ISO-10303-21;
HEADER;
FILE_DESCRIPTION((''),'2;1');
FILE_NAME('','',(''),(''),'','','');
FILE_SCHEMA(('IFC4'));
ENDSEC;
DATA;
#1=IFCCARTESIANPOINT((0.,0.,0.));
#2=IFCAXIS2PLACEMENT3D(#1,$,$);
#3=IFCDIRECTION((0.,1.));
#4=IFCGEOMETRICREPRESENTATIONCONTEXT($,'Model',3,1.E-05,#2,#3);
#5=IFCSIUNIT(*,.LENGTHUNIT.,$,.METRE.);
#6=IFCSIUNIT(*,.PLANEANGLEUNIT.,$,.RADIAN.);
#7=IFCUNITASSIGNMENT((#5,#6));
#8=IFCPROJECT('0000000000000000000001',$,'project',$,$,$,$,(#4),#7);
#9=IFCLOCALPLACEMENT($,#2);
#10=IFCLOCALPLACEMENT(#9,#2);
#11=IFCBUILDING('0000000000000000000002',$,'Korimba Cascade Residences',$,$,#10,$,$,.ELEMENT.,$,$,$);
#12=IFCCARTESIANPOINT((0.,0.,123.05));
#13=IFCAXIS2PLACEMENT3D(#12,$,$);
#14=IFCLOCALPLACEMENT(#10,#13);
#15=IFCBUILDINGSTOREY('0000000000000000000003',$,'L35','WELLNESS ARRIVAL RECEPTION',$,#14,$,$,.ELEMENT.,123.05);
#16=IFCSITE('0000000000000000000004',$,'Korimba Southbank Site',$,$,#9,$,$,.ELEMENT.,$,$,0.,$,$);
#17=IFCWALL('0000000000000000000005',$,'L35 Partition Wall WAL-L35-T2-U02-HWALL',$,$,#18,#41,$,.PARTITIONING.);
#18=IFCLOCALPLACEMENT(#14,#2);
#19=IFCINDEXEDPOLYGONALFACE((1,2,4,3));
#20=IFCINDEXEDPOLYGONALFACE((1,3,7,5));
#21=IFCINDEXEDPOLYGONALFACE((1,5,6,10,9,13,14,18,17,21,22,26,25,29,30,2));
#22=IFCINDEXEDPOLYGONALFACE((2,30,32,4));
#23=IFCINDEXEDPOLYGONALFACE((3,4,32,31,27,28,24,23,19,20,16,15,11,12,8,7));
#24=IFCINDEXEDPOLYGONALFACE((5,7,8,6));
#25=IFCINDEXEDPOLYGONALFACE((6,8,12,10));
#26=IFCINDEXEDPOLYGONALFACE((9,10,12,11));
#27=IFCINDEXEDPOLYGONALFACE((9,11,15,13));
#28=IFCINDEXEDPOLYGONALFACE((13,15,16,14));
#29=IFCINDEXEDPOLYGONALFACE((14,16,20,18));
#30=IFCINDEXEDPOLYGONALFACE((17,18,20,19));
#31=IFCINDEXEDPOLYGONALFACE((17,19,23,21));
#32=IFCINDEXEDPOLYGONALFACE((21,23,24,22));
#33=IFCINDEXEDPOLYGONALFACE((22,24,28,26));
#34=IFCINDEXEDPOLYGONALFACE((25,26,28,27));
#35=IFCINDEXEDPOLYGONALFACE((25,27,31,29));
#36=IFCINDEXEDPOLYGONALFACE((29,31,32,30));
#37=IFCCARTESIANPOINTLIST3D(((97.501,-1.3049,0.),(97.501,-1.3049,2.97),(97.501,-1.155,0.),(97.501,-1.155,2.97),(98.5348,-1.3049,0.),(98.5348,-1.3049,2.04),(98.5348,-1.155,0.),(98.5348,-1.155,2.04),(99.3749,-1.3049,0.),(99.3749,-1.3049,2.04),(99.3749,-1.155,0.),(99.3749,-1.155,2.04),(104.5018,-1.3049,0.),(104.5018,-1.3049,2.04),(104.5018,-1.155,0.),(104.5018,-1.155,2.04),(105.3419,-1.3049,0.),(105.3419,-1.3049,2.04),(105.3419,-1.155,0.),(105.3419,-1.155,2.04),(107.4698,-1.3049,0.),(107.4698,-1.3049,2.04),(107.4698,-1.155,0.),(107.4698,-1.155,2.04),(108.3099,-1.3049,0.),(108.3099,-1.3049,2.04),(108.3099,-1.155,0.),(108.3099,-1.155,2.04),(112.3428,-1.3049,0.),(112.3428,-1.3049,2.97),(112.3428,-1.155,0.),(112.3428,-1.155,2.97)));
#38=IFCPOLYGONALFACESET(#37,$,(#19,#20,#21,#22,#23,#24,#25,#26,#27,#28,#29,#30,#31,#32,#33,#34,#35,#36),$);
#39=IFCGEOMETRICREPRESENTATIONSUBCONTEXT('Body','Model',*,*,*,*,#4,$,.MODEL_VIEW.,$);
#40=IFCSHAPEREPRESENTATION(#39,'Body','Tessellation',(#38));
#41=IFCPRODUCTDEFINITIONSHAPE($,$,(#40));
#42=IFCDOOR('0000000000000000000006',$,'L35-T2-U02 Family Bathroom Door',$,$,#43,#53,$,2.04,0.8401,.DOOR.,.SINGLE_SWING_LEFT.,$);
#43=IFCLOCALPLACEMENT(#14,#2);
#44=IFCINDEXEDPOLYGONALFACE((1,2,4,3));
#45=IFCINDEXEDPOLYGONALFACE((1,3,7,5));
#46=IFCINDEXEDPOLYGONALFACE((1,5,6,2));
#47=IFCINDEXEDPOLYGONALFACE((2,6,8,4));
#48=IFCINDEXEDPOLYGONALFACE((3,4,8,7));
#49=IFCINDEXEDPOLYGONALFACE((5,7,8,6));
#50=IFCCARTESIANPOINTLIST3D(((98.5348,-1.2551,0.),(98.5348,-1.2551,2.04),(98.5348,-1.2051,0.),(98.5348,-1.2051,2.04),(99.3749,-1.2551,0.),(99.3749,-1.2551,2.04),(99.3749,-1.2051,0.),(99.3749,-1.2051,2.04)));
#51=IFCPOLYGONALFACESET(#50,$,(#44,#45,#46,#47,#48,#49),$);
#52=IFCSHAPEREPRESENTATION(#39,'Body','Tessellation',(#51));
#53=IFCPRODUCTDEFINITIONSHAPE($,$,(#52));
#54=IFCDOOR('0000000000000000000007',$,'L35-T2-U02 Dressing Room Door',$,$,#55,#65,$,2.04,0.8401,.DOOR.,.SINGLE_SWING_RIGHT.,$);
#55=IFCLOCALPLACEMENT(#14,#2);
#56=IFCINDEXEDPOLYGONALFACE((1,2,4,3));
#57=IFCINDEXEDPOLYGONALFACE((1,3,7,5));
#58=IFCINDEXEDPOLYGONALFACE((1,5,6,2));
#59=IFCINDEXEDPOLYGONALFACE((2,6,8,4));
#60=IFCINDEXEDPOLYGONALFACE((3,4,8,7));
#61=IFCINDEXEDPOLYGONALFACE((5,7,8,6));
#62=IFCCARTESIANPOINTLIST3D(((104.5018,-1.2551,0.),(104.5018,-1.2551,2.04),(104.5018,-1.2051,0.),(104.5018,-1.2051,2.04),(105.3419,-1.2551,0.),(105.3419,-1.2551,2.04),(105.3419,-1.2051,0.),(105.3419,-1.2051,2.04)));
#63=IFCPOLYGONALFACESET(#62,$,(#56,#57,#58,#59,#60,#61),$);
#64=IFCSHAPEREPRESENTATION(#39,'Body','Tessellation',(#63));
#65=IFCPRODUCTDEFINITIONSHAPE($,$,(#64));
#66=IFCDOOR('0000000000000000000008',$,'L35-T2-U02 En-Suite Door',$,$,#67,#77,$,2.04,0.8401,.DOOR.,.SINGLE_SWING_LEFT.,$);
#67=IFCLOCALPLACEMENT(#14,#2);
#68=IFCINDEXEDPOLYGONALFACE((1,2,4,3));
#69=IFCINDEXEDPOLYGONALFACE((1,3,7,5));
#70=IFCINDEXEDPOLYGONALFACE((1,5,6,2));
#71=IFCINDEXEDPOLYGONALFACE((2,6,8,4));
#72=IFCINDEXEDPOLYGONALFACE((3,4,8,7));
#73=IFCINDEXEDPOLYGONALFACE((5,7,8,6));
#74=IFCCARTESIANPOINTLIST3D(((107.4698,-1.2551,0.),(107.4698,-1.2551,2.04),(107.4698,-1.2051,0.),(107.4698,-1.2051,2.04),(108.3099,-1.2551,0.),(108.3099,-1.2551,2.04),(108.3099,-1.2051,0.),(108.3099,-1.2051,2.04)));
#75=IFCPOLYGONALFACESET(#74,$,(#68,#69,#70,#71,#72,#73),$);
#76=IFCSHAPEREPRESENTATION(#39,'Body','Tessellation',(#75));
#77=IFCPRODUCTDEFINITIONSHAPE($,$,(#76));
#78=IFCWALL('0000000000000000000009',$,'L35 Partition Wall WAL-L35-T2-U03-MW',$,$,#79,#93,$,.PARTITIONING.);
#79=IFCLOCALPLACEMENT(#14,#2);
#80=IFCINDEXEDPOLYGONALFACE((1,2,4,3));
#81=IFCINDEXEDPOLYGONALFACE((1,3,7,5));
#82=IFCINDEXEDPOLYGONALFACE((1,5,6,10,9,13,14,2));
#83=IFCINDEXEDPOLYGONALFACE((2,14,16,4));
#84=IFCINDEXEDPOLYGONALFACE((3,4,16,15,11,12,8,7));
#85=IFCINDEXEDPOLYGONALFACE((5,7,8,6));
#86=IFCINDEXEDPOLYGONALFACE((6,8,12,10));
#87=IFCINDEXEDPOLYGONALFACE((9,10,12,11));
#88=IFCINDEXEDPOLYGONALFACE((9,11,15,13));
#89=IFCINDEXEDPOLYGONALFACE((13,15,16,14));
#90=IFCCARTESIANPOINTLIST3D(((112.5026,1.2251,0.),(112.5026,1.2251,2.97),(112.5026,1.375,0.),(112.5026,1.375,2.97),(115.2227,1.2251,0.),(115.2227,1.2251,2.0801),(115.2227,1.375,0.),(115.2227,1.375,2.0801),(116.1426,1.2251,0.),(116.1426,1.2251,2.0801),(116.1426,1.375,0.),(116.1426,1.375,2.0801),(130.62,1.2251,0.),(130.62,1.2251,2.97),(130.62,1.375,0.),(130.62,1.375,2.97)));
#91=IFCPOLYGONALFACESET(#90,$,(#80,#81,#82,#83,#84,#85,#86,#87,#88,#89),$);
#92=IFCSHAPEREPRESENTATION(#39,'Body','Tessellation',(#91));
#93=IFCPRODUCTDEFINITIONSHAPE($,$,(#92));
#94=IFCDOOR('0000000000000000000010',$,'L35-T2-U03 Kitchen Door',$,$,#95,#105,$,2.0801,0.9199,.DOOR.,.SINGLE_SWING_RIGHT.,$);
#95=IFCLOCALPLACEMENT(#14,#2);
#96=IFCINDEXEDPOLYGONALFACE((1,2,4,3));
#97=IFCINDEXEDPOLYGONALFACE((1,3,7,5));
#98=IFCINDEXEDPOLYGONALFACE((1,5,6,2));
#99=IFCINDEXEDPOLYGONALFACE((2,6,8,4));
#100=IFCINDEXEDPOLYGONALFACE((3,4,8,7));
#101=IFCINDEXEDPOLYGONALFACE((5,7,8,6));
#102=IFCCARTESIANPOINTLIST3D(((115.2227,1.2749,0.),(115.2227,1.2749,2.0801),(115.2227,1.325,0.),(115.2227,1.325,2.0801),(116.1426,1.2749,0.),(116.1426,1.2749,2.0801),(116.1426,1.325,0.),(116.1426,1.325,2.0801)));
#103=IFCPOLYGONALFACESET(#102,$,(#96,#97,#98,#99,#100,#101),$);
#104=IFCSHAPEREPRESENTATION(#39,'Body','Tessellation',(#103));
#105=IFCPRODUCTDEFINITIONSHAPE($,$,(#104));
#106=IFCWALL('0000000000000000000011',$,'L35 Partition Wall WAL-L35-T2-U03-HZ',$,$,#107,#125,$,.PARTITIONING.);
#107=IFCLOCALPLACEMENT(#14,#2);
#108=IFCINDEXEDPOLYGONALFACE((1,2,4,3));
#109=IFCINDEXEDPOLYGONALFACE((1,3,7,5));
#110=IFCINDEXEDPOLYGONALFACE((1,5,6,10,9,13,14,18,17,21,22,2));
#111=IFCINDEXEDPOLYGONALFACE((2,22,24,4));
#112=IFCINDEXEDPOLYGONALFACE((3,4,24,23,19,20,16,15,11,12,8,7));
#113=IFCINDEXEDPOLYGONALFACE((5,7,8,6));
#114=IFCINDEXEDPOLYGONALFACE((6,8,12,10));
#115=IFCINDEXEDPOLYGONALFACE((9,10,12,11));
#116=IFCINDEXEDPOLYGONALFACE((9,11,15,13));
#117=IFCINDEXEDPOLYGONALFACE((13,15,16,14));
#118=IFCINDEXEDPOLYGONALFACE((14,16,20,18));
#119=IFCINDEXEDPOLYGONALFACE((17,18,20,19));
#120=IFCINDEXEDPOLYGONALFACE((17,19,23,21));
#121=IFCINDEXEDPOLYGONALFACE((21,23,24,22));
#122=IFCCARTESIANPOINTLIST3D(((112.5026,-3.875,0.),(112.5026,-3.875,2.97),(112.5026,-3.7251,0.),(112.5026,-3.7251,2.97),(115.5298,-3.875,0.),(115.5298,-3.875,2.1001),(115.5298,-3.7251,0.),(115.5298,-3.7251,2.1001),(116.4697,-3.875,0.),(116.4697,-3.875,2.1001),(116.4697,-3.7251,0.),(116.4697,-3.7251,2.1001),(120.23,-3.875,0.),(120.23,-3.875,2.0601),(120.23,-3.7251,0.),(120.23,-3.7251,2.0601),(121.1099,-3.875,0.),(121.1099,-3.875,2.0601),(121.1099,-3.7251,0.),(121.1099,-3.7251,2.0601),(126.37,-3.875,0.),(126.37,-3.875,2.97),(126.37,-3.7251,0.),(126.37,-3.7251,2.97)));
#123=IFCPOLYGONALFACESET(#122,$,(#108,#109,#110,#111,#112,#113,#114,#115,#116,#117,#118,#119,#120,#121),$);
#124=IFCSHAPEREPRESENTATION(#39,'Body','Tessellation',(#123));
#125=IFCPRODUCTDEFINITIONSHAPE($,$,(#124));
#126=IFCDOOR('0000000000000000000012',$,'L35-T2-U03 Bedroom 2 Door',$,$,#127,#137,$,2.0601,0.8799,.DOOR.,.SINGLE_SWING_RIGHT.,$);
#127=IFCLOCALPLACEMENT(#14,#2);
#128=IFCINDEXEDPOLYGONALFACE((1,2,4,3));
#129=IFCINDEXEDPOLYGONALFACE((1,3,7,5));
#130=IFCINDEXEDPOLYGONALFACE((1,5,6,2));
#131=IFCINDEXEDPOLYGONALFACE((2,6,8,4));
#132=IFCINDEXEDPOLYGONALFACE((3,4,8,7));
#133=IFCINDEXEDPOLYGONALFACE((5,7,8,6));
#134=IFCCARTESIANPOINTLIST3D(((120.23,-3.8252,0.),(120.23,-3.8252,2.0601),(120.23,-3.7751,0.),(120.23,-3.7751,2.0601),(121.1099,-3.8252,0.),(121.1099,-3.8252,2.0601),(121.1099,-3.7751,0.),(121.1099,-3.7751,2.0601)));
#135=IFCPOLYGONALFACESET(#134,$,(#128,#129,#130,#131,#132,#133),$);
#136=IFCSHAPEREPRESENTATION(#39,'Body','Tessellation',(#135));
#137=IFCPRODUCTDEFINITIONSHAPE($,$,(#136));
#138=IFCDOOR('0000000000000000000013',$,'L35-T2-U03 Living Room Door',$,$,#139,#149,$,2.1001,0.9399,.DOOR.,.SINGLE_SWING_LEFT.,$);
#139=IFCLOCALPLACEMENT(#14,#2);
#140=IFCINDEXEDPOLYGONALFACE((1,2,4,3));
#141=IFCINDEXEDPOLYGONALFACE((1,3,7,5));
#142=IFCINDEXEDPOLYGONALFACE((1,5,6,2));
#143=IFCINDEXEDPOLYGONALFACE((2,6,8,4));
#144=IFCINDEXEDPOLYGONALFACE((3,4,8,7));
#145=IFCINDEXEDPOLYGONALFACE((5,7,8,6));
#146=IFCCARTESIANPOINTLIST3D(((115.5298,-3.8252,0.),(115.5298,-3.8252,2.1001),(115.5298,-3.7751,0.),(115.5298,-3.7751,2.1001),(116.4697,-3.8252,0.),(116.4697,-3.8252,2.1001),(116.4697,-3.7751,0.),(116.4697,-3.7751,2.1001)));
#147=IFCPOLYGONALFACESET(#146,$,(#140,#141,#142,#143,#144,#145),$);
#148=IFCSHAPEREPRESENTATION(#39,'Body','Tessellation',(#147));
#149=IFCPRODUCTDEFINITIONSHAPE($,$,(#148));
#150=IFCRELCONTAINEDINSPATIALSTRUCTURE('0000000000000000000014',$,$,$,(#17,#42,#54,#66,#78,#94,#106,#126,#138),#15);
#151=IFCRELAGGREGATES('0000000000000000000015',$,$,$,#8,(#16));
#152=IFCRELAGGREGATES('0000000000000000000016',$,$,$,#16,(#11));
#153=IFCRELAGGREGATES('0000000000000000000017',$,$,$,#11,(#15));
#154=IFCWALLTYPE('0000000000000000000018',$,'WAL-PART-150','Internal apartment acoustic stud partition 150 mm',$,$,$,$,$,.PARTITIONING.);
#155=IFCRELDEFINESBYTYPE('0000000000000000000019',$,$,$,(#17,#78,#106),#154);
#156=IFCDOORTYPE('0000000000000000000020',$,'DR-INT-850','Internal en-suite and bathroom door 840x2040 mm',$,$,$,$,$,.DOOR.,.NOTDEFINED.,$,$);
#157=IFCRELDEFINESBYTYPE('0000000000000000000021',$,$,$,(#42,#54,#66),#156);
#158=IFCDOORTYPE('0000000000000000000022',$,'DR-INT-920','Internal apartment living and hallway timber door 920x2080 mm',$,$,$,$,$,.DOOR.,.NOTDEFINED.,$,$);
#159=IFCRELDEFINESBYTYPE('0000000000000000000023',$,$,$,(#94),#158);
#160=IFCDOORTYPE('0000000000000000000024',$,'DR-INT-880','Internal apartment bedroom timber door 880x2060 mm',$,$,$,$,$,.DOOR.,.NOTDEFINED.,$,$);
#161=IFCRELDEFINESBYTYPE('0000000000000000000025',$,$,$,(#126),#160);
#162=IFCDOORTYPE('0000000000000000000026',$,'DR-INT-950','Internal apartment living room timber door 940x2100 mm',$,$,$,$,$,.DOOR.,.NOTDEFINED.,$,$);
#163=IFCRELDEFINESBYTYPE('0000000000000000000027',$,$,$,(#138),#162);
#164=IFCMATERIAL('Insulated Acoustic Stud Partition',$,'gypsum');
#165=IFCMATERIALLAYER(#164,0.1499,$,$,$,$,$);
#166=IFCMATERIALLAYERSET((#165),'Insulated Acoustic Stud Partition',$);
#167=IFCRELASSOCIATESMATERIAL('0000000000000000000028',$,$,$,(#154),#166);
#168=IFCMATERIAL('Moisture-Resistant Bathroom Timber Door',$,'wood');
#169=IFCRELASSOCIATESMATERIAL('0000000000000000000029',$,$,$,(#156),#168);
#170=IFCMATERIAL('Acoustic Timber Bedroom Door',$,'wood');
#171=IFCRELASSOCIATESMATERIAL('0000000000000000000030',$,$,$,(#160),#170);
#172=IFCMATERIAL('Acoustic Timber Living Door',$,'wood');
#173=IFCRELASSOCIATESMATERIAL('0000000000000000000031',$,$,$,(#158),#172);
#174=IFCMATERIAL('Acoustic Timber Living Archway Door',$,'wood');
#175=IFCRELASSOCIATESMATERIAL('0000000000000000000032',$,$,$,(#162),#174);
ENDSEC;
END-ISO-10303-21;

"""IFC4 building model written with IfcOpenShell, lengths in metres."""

from ifc_helpers import new_model, si_unit, direction, frame, frame_2d, origin, place, context, subcontext, project, spatial, rectangle, extrude, material, layer, layer_set, type_object, element, fill, save


model = new_model("IFC4")

# Units and contexts
model_context = context("Model", 3, precision=1e-05, world=origin(), true_north=direction((0.0, 1.0)))
body_context = subcontext(model_context, "Body", "Model", "MODEL_VIEW")
ifc_project = project(units=[si_unit("LENGTHUNIT", "METRE"), si_unit("PLANEANGLEUNIT", "RADIAN")], contexts=[model_context])

# Site, building, storey
site_placement = place(None, origin())
site = spatial("IfcSite", under=ifc_project, at=site_placement, Name="Korimba Southbank Site", CompositionType="ELEMENT", RefElevation=0.0)
building_placement = place(site_placement, origin())
building = spatial("IfcBuilding", under=site, at=building_placement, Name="Korimba Cascade Residences", CompositionType="ELEMENT")
storey_placement = place(building_placement, frame((0.0, 0.0, 123.05)))
storey = spatial("IfcBuildingStorey", under=building, at=storey_placement, Name="L35", Description="WELLNESS ARRIVAL RECEPTION", CompositionType="ELEMENT", Elevation=123.05)

# Shared definitions
ifc_material_1 = material(Name="Insulated Acoustic Stud Partition", Category="gypsum")
ifc_layer = layer(ifc_material_1, 0.1499)
ifc_layer_set = layer_set([ifc_layer], Name="Insulated Acoustic Stud Partition")
wall_type = type_object("IfcWallType", Name="WAL-PART-150", Description="Internal apartment acoustic stud partition 150 mm", PredefinedType="PARTITIONING", material=ifc_layer_set)
ifc_material_2 = material(Name="Moisture-Resistant Bathroom Timber Door", Category="wood")
door_type_1 = type_object("IfcDoorType", Name="DR-INT-850", Description="Internal en-suite and bathroom door 840x2040 mm", OperationType="NOTDEFINED", PredefinedType="DOOR", material=ifc_material_2)
ifc_material_3 = material(Name="Acoustic Timber Bedroom Door", Category="wood")
door_type_2 = type_object("IfcDoorType", Name="DR-INT-880", Description="Internal apartment bedroom timber door 880x2060 mm", OperationType="NOTDEFINED", PredefinedType="DOOR", material=ifc_material_3)

# Wall, openings, doors
wall_1_placement = place(storey_placement, frame((97.501, -1.23, 0.0), z_axis=(0.0, 0.0, 1.0), x_axis=(1.0, 0.0, 0.0)))
wall_1 = element("IfcWall", 1, at=wall_1_placement, inside=storey, type_object=wall_type, Name="L35 Partition Wall WAL-L35-T2-U02-HWALL", PredefinedType="PARTITIONING", context=body_context, shape_type="SweptSolid", body=[
    extrude(rectangle(XDim=14.8418, YDim=0.1499, at=frame_2d((7.4209, 0.0))), origin(), (0.0, 0.0, 1.0), 2.97),
])
opening_1_placement = place(wall_1_placement, frame((1.0339, 0.0, 0.0)))
opening_1 = element("IfcOpeningElement", 2, at=opening_1_placement, cuts=wall_1, PredefinedType="OPENING", context=body_context, shape_type="SweptSolid", body=[
    extrude(rectangle(XDim=0.8401, YDim=2.04, at=frame_2d((0.4199, 1.02))), frame((0.0, 0.085, 0.0), z_axis=(0.0, -1.0, 0.0), x_axis=(1.0, 0.0, 0.0)), (0.0, 0.0, 1.0), 0.1699),
])
opening_2_placement = place(wall_1_placement, frame((7.001, 0.0, 0.0)))
opening_2 = element("IfcOpeningElement", 3, at=opening_2_placement, cuts=wall_1, PredefinedType="OPENING", context=body_context, shape_type="SweptSolid", body=[
    extrude(rectangle(XDim=0.8401, YDim=2.04, at=frame_2d((0.4199, 1.02))), frame((0.0, 0.085, 0.0), z_axis=(0.0, -1.0, 0.0), x_axis=(1.0, 0.0, 0.0)), (0.0, 0.0, 1.0), 0.1699),
])
opening_3_placement = place(wall_1_placement, frame((9.969, 0.0, 0.0)))
opening_3 = element("IfcOpeningElement", 4, at=opening_3_placement, cuts=wall_1, PredefinedType="OPENING", context=body_context, shape_type="SweptSolid", body=[
    extrude(rectangle(XDim=0.8401, YDim=2.04, at=frame_2d((0.4199, 1.02))), frame((0.0, 0.085, 0.0), z_axis=(0.0, -1.0, 0.0), x_axis=(1.0, 0.0, 0.0)), (0.0, 0.0, 1.0), 0.1699),
])
door_1_placement = place(opening_1_placement, origin())
door_1 = element("IfcDoor", 5, at=door_1_placement, inside=storey, type_object=door_type_1, Name="L35-T2-U02 Family Bathroom Door", OperationType="SINGLE_SWING_LEFT", OverallHeight=2.04, OverallWidth=0.8401, PredefinedType="DOOR", context=body_context, shape_type="SweptSolid", body=[
    extrude(rectangle(XDim=0.8401, YDim=2.04, at=frame_2d((0.4199, 1.02))), frame((0.0, 0.0249, 0.0), z_axis=(0.0, -1.0, 0.0), x_axis=(1.0, 0.0, 0.0)), (0.0, 0.0, 1.0), 0.05),
])
fill(opening_1, door_1)
door_2_placement = place(opening_2_placement, origin())
door_2 = element("IfcDoor", 6, at=door_2_placement, inside=storey, type_object=door_type_1, Name="L35-T2-U02 Dressing Room Door", OperationType="SINGLE_SWING_RIGHT", OverallHeight=2.04, OverallWidth=0.8401, PredefinedType="DOOR", context=body_context, shape_type="SweptSolid", body=[
    extrude(rectangle(XDim=0.8401, YDim=2.04, at=frame_2d((0.4199, 1.02))), frame((0.0, 0.0249, 0.0), z_axis=(0.0, -1.0, 0.0), x_axis=(1.0, 0.0, 0.0)), (0.0, 0.0, 1.0), 0.05),
])
fill(opening_2, door_2)
door_3_placement = place(opening_3_placement, origin())
door_3 = element("IfcDoor", 7, at=door_3_placement, inside=storey, type_object=door_type_1, Name="L35-T2-U02 En-Suite Door", OperationType="SINGLE_SWING_LEFT", OverallHeight=2.04, OverallWidth=0.8401, PredefinedType="DOOR", context=body_context, shape_type="SweptSolid", body=[
    extrude(rectangle(XDim=0.8401, YDim=2.04, at=frame_2d((0.4199, 1.02))), frame((0.0, 0.0249, 0.0), z_axis=(0.0, -1.0, 0.0), x_axis=(1.0, 0.0, 0.0)), (0.0, 0.0, 1.0), 0.05),
])
fill(opening_3, door_3)

# Wall, opening, door
wall_2_placement = place(storey_placement, frame((112.5027, 1.3, 0.0), z_axis=(0.0, 0.0, 1.0), x_axis=(1.0, 0.0, 0.0)))
wall_2 = element("IfcWall", 8, at=wall_2_placement, inside=storey, type_object=wall_type, Name="L35 Partition Wall WAL-L35-T2-U03-MW", PredefinedType="PARTITIONING", context=body_context, shape_type="SweptSolid", body=[
    extrude(rectangle(XDim=18.1174, YDim=0.1499, at=frame_2d((9.0586, 0.0))), origin(), (0.0, 0.0, 1.0), 2.97),
])
opening_4_placement = place(wall_2_placement, frame((2.72, 0.0, 0.0)))
opening_4 = element("IfcOpeningElement", 9, at=opening_4_placement, cuts=wall_2, PredefinedType="OPENING", context=body_context, shape_type="SweptSolid", body=[
    extrude(rectangle(XDim=0.9199, YDim=2.0801, at=frame_2d((0.46, 1.04))), frame((0.0, 0.085, 0.0), z_axis=(0.0, -1.0, 0.0), x_axis=(1.0, 0.0, 0.0)), (0.0, 0.0, 1.0), 0.1699),
])
ifc_material_4 = material(Name="Acoustic Timber Living Door", Category="wood")
door_type_3 = type_object("IfcDoorType", Name="DR-INT-920", Description="Internal apartment living and hallway timber door 920x2080 mm", OperationType="NOTDEFINED", PredefinedType="DOOR", material=ifc_material_4)
door_4_placement = place(opening_4_placement, origin())
door_4 = element("IfcDoor", 10, at=door_4_placement, inside=storey, type_object=door_type_3, Name="L35-T2-U03 Kitchen Door", OperationType="SINGLE_SWING_RIGHT", OverallHeight=2.0801, OverallWidth=0.9199, PredefinedType="DOOR", context=body_context, shape_type="SweptSolid", body=[
    extrude(rectangle(XDim=0.9199, YDim=2.0801, at=frame_2d((0.46, 1.04))), frame((0.0, 0.0249, 0.0), z_axis=(0.0, -1.0, 0.0), x_axis=(1.0, 0.0, 0.0)), (0.0, 0.0, 1.0), 0.05),
])
fill(opening_4, door_4)

# Wall, openings, doors
wall_3_placement = place(storey_placement, frame((112.5027, -3.8, 0.0), z_axis=(0.0, 0.0, 1.0), x_axis=(1.0, 0.0, 0.0)))
wall_3 = element("IfcWall", 11, at=wall_3_placement, inside=storey, type_object=wall_type, Name="L35 Partition Wall WAL-L35-T2-U03-HZ", PredefinedType="PARTITIONING", context=body_context, shape_type="SweptSolid", body=[
    extrude(rectangle(XDim=13.8674, YDim=0.1499, at=frame_2d((6.9336, 0.0))), origin(), (0.0, 0.0, 1.0), 2.97),
])
opening_5_placement = place(wall_3_placement, frame((3.0271, 0.0, 0.0)))
opening_5 = element("IfcOpeningElement", 12, at=opening_5_placement, cuts=wall_3, PredefinedType="OPENING", context=body_context, shape_type="SweptSolid", body=[
    extrude(rectangle(XDim=0.9399, YDim=2.1001, at=frame_2d((0.47, 1.05))), frame((0.0, 0.085, 0.0), z_axis=(0.0, -1.0, 0.0), x_axis=(1.0, 0.0, 0.0)), (0.0, 0.0, 1.0), 0.1699),
])
opening_6_placement = place(wall_3_placement, frame((7.7273, 0.0, 0.0)))
opening_6 = element("IfcOpeningElement", 13, at=opening_6_placement, cuts=wall_3, PredefinedType="OPENING", context=body_context, shape_type="SweptSolid", body=[
    extrude(rectangle(XDim=0.8799, YDim=2.0601, at=frame_2d((0.4399, 1.03))), frame((0.0, 0.085, 0.0), z_axis=(0.0, -1.0, 0.0), x_axis=(1.0, 0.0, 0.0)), (0.0, 0.0, 1.0), 0.1699),
])
door_5_placement = place(opening_6_placement, origin())
door_5 = element("IfcDoor", 14, at=door_5_placement, inside=storey, type_object=door_type_2, Name="L35-T2-U03 Bedroom 2 Door", OperationType="SINGLE_SWING_RIGHT", OverallHeight=2.0601, OverallWidth=0.8799, PredefinedType="DOOR", context=body_context, shape_type="SweptSolid", body=[
    extrude(rectangle(XDim=0.8799, YDim=2.0601, at=frame_2d((0.4399, 1.03))), frame((0.0, 0.0249, 0.0), z_axis=(0.0, -1.0, 0.0), x_axis=(1.0, 0.0, 0.0)), (0.0, 0.0, 1.0), 0.05),
])
fill(opening_6, door_5)
ifc_material_5 = material(Name="Acoustic Timber Living Archway Door", Category="wood")
door_type_4 = type_object("IfcDoorType", Name="DR-INT-950", Description="Internal apartment living room timber door 940x2100 mm", OperationType="NOTDEFINED", PredefinedType="DOOR", material=ifc_material_5)
door_6_placement = place(opening_5_placement, origin())
door_6 = element("IfcDoor", 15, at=door_6_placement, inside=storey, type_object=door_type_4, Name="L35-T2-U03 Living Room Door", OperationType="SINGLE_SWING_LEFT", OverallHeight=2.1001, OverallWidth=0.9399, PredefinedType="DOOR", context=body_context, shape_type="SweptSolid", body=[
    extrude(rectangle(XDim=0.9399, YDim=2.1001, at=frame_2d((0.47, 1.05))), frame((0.0, 0.0249, 0.0), z_axis=(0.0, -1.0, 0.0), x_axis=(1.0, 0.0, 0.0)), (0.0, 0.0, 1.0), 0.05),
])
fill(opening_5, door_6)

save(model, "model.ifc")
